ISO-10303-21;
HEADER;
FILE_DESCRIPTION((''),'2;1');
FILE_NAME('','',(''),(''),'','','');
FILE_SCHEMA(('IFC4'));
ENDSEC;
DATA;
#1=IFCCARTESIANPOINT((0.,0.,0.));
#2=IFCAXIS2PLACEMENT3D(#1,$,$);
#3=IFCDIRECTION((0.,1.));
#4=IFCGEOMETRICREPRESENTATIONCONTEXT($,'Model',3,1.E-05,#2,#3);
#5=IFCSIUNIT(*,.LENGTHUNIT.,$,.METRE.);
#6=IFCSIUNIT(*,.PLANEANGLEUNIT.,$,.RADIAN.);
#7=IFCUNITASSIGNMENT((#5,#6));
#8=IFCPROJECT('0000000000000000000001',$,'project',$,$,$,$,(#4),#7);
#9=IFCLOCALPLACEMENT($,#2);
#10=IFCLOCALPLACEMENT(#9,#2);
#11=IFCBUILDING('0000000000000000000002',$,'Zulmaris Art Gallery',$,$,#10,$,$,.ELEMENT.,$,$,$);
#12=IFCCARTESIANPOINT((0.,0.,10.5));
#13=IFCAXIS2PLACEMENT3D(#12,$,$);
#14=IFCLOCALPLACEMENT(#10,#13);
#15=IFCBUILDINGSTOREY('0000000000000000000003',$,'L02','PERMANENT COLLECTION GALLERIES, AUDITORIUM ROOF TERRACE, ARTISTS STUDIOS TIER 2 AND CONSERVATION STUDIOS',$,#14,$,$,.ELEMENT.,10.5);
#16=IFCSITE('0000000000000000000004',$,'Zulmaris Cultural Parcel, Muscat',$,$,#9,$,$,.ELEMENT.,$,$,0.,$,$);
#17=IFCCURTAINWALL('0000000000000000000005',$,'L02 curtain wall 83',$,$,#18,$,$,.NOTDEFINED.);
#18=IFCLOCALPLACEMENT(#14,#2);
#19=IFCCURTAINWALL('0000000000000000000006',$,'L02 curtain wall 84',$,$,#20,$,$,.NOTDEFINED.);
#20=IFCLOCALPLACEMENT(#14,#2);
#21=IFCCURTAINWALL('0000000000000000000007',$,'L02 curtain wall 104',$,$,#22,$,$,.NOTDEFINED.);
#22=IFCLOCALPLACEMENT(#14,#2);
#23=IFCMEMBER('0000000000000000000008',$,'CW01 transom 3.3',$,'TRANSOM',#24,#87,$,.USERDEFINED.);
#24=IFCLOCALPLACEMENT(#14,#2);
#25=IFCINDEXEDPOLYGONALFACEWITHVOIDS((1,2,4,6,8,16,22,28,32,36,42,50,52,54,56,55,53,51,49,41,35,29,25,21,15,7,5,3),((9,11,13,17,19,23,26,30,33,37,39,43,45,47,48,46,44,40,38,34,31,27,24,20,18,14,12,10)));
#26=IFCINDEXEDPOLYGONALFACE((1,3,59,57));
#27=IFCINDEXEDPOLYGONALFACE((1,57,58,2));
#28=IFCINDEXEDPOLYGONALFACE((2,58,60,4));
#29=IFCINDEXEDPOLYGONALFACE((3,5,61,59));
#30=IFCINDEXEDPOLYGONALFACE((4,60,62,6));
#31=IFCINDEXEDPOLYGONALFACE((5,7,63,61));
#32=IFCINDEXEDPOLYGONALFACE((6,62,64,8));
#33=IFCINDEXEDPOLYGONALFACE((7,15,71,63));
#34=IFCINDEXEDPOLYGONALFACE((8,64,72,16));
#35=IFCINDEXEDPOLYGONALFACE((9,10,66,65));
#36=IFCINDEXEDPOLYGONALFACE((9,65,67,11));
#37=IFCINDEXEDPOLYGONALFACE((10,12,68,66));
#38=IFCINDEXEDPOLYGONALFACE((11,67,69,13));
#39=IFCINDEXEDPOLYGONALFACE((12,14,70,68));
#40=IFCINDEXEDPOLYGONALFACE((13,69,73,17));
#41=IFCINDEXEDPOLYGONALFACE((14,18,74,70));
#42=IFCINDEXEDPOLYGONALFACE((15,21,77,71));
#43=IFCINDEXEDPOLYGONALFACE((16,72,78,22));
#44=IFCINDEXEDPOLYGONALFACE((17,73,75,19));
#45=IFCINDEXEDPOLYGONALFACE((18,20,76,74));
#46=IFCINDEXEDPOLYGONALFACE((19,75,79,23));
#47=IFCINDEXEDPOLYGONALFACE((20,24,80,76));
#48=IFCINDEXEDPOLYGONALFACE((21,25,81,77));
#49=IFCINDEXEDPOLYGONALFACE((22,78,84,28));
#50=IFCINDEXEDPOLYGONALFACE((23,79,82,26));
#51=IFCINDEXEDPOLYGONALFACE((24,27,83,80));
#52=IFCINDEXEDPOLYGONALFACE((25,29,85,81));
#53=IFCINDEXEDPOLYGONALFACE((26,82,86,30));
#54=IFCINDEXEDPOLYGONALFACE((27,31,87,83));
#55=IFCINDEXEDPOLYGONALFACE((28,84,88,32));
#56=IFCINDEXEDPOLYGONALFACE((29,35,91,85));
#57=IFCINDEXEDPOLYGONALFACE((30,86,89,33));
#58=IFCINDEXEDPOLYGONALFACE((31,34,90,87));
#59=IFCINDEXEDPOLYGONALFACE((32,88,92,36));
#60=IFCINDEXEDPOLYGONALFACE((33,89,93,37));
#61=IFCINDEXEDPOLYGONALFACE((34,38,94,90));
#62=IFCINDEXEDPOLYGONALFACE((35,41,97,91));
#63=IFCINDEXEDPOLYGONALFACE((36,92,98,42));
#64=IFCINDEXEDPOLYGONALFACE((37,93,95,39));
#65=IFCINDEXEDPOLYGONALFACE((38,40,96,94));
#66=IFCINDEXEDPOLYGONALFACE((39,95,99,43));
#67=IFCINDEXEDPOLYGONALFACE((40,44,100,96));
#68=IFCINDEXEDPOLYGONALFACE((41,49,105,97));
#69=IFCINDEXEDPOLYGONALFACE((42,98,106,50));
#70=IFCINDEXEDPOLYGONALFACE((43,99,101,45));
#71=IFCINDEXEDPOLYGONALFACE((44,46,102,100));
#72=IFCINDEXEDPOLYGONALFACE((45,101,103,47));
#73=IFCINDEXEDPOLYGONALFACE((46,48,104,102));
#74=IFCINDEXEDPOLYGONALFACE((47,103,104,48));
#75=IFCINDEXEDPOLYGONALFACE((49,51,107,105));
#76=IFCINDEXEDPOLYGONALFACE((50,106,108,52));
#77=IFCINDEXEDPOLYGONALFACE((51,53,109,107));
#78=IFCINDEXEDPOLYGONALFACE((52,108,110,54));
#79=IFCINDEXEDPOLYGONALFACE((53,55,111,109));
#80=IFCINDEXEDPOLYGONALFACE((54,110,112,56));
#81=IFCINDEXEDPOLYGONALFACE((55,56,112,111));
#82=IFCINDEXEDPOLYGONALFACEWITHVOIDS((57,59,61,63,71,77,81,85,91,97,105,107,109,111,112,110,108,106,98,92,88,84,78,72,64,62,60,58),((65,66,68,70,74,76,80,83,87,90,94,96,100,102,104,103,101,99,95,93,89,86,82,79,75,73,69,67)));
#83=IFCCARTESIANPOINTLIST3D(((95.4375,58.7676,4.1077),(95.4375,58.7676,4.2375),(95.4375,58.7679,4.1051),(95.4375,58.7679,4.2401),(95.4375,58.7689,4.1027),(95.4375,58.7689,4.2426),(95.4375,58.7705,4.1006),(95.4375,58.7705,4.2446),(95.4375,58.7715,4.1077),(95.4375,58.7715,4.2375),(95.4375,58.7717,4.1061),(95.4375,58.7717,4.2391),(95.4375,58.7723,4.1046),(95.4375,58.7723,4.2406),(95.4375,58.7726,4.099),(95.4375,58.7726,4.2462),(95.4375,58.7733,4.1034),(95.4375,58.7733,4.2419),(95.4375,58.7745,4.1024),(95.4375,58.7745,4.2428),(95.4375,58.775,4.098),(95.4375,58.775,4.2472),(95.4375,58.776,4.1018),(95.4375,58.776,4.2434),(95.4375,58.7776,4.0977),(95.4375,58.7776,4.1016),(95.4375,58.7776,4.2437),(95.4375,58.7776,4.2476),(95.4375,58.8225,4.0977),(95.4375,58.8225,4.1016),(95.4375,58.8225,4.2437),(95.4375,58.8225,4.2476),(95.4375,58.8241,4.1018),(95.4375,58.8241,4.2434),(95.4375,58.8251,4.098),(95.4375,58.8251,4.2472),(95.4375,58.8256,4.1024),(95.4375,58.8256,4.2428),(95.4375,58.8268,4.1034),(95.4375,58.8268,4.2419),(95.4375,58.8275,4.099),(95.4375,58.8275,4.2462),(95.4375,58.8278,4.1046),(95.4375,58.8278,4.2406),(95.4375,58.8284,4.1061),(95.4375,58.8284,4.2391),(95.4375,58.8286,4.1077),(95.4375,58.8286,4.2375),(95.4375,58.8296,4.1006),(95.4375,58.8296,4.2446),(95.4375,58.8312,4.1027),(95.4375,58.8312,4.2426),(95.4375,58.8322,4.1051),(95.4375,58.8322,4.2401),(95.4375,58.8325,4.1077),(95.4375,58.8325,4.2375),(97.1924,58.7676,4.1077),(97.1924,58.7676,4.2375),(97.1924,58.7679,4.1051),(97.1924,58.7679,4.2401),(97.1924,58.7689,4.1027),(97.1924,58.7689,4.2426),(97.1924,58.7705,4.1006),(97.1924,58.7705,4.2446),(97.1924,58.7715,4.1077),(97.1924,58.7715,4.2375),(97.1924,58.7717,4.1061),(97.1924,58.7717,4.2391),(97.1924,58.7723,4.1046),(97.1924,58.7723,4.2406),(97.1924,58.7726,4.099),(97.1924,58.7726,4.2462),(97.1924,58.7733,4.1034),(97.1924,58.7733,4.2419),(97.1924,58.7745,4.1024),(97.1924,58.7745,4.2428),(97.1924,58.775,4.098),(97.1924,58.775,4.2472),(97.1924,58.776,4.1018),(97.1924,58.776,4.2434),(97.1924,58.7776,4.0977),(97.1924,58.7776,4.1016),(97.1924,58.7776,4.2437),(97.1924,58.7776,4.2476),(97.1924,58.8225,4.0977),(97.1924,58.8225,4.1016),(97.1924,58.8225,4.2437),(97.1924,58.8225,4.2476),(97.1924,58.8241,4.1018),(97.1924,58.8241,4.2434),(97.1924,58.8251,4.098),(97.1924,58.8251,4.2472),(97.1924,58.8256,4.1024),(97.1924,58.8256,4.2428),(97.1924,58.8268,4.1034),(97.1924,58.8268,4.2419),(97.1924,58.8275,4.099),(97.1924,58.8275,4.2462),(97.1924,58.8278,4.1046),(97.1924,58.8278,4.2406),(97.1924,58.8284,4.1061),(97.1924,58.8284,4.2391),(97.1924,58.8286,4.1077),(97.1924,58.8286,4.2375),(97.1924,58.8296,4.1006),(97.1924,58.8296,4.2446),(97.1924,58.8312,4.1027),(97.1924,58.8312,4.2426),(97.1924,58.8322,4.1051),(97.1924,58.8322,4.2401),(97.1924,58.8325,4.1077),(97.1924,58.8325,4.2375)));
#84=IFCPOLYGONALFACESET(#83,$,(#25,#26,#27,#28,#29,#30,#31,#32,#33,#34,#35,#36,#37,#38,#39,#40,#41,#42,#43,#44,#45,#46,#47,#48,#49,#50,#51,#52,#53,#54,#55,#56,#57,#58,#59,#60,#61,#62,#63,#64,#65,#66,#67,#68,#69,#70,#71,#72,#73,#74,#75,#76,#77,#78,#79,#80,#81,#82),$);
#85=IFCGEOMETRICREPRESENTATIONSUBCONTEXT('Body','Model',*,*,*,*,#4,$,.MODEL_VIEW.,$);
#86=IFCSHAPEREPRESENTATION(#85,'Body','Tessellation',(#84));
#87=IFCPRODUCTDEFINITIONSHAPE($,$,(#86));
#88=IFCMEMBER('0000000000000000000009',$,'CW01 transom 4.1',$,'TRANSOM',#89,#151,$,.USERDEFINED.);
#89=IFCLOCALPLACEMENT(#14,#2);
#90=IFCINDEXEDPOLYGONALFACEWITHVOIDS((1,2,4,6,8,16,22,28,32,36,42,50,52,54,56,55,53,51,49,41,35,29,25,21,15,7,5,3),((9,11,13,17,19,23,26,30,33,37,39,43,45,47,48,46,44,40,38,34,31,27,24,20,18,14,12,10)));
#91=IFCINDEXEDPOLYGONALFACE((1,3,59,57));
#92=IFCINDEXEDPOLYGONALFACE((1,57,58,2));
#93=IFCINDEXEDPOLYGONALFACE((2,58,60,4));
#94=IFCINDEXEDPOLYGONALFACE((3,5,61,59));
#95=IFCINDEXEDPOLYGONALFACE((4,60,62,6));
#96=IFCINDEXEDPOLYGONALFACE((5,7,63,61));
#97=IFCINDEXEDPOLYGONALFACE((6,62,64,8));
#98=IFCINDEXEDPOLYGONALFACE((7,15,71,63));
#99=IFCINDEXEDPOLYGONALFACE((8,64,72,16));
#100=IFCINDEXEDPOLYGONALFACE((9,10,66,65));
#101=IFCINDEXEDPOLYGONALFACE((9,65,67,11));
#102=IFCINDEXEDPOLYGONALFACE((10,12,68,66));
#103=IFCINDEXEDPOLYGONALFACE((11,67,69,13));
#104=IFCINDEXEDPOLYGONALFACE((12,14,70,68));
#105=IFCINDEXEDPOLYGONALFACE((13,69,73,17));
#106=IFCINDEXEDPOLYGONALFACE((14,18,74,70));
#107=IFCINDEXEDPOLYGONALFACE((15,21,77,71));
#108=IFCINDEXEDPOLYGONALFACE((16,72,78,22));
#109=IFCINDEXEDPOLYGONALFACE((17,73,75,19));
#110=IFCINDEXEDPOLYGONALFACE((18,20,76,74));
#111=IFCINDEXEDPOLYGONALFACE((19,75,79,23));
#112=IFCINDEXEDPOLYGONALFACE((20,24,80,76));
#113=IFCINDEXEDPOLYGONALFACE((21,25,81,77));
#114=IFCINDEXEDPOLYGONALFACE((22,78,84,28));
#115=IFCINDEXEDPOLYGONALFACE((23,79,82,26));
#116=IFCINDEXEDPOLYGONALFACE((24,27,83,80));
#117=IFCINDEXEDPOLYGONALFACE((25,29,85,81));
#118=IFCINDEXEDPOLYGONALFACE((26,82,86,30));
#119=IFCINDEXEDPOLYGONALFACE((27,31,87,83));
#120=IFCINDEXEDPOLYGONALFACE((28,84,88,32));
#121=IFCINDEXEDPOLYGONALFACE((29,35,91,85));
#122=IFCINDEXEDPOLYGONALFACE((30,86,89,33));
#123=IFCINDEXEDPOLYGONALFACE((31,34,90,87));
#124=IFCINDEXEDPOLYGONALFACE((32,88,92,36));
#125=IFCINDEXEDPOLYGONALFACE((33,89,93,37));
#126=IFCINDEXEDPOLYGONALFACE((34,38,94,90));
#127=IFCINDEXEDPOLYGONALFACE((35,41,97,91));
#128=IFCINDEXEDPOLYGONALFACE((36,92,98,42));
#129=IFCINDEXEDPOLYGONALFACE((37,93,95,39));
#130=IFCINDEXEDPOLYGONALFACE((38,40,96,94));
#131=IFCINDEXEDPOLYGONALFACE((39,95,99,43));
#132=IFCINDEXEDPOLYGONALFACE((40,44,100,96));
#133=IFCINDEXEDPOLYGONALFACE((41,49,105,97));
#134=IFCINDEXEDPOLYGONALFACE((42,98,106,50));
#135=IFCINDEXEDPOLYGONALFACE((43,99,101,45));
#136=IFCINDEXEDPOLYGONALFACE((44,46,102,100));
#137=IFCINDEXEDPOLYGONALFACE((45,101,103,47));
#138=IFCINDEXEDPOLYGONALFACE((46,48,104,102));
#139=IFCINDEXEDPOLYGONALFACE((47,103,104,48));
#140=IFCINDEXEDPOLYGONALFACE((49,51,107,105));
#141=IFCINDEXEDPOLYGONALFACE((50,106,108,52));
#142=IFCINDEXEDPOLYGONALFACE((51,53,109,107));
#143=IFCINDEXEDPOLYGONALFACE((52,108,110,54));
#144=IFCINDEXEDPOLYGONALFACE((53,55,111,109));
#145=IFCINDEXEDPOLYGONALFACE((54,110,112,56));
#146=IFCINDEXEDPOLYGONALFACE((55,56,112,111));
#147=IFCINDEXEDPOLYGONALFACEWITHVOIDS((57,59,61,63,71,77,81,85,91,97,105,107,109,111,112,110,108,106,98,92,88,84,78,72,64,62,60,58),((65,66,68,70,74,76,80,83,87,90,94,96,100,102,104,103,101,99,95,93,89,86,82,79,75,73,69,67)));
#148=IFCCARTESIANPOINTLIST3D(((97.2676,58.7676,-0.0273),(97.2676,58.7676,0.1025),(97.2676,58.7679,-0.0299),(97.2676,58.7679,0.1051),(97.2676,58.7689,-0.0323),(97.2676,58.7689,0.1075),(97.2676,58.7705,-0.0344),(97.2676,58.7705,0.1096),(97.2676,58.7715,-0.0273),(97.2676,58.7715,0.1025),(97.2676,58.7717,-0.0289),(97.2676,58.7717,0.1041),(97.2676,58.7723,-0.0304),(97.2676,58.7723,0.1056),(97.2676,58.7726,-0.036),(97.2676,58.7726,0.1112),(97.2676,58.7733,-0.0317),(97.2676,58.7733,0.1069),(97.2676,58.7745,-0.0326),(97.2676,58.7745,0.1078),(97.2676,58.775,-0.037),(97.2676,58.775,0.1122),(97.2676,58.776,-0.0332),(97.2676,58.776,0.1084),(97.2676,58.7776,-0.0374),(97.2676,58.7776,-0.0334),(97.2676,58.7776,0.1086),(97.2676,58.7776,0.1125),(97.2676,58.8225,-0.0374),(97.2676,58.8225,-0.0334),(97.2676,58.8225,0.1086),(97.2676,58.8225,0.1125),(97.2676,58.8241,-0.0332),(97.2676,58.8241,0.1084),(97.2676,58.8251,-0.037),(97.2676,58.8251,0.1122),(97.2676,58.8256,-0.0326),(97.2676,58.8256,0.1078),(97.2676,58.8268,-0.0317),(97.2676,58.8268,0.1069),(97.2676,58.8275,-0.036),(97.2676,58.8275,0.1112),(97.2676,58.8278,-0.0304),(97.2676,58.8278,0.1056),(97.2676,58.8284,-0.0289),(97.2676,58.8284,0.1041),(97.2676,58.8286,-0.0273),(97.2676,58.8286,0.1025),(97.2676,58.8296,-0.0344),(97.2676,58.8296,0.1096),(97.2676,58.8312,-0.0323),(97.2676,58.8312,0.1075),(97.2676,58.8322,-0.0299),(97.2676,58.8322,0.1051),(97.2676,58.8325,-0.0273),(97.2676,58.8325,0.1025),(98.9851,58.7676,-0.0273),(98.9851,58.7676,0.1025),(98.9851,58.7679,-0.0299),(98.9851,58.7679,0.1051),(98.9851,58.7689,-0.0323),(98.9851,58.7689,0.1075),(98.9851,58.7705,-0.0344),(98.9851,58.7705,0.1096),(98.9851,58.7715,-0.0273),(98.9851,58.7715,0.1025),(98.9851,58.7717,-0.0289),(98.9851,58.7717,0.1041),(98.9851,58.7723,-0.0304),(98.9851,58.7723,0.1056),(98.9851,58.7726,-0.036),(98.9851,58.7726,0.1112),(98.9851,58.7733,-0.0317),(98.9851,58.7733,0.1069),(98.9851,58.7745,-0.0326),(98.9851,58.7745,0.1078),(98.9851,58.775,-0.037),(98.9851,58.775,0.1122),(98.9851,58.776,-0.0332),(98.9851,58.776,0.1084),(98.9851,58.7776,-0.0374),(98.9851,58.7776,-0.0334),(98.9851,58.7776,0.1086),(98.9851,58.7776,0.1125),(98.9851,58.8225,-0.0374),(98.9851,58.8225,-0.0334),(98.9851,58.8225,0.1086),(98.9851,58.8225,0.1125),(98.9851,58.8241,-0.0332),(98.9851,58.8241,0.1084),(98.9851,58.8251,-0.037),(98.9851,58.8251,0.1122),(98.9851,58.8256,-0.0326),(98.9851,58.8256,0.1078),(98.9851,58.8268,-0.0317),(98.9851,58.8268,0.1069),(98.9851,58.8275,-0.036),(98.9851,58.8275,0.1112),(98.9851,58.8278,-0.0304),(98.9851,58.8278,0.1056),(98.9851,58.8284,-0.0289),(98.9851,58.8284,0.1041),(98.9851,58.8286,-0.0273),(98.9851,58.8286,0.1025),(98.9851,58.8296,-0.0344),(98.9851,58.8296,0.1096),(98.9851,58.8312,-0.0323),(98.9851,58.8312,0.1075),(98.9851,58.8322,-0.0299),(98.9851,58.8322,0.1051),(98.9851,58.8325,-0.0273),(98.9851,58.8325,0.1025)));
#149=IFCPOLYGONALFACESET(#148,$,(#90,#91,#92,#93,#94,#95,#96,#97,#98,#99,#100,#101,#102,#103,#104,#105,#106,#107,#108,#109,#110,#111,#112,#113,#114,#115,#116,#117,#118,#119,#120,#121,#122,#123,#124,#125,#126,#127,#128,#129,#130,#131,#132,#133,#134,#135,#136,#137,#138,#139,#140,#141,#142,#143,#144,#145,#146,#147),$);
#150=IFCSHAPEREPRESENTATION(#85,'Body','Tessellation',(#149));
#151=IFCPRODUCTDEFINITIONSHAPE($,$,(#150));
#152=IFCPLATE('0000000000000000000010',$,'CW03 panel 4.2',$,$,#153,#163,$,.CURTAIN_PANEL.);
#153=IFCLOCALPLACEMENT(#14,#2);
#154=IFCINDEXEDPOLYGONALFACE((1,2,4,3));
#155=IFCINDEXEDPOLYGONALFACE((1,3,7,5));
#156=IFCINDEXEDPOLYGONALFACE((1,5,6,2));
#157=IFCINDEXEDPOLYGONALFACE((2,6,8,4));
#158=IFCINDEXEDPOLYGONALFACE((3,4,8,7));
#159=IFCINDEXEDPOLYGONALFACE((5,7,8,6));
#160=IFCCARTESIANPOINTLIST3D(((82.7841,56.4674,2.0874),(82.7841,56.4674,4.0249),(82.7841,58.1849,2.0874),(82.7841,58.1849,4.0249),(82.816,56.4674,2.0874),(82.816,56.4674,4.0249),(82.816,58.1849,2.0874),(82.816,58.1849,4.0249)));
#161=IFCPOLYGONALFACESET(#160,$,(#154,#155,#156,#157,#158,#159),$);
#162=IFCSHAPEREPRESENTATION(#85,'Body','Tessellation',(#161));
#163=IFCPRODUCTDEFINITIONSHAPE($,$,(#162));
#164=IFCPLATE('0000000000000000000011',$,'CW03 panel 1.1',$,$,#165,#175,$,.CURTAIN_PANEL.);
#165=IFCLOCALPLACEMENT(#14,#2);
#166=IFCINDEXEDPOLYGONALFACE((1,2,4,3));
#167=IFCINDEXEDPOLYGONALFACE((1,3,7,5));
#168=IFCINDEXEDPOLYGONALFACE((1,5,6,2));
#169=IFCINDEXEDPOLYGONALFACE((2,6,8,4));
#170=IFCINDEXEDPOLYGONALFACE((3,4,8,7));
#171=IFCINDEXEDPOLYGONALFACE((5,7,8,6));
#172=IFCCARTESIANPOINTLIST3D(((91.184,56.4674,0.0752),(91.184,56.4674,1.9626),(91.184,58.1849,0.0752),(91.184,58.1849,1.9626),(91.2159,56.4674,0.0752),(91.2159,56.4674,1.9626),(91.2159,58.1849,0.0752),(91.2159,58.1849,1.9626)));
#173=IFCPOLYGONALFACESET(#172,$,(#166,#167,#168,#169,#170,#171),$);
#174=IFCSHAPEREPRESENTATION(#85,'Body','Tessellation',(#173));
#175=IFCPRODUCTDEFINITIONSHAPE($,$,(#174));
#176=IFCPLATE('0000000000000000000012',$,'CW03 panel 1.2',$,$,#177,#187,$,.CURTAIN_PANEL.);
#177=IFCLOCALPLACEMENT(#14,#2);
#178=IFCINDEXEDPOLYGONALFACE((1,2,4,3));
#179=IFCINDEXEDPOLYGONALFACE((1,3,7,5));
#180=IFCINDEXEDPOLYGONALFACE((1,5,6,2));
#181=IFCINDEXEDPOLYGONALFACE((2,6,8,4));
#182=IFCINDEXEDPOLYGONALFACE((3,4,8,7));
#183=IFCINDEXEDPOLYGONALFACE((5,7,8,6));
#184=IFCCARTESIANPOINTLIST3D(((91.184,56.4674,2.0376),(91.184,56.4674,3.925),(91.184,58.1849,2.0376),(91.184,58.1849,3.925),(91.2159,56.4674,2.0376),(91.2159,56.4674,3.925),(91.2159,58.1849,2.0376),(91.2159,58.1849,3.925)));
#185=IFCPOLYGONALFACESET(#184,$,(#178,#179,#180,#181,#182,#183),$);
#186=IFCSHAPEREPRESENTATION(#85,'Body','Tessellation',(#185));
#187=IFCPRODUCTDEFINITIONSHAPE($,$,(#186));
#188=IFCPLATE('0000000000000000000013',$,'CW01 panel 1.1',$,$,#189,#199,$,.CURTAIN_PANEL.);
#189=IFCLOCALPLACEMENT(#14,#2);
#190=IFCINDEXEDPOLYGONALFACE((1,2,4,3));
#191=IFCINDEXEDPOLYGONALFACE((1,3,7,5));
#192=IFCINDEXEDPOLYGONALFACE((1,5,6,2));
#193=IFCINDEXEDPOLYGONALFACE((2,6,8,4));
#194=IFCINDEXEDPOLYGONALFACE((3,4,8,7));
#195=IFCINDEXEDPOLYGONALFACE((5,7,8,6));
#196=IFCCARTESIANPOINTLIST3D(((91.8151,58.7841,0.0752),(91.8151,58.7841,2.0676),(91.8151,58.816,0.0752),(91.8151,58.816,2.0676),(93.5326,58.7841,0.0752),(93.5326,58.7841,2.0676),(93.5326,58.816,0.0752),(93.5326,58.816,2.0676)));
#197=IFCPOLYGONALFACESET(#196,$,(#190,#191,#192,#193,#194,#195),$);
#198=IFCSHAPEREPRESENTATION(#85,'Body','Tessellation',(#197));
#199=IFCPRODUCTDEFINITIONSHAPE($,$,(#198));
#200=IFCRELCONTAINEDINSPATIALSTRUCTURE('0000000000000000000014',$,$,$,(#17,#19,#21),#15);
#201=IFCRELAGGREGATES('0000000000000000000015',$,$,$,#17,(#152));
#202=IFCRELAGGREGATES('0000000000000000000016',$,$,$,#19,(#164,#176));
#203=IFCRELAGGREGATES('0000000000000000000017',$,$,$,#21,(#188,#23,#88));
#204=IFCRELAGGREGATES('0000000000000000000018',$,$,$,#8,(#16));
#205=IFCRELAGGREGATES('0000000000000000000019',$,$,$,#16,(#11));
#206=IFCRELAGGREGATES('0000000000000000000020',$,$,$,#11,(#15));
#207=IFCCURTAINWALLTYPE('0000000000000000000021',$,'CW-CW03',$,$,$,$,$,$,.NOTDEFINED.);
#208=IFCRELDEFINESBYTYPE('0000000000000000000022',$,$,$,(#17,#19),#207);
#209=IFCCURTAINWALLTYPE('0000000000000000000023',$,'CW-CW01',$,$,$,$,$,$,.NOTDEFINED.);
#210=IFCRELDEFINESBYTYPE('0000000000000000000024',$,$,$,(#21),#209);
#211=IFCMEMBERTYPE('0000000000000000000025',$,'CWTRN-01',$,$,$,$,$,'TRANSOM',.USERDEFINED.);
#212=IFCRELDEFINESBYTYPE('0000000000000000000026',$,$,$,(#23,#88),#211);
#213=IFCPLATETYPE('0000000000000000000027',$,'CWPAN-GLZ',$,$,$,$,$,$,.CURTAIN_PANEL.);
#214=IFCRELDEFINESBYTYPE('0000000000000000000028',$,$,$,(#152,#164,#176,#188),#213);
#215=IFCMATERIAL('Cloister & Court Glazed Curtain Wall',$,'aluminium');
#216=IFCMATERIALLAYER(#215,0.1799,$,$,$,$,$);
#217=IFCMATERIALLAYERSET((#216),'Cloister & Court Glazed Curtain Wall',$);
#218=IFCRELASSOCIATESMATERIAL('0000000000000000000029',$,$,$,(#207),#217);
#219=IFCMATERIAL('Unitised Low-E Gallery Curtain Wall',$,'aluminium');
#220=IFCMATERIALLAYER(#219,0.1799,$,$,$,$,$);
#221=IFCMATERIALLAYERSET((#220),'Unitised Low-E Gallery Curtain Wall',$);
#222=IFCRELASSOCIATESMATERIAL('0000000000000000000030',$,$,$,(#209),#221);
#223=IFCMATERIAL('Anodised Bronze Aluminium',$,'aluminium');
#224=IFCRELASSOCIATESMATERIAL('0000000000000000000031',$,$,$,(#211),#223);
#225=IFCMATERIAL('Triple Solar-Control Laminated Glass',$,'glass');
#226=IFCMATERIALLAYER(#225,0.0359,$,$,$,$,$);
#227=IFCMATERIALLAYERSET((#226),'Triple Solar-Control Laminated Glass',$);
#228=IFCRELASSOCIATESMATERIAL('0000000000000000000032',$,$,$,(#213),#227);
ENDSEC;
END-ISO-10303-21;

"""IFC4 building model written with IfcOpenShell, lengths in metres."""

from ifc_helpers import new_model, si_unit, direction, frame, origin, origin_2d, place, context, subcontext, project, spatial, rectangle, hollow_rectangle, extrude, material, layer, layer_set, material_profile, profile_set, type_object, element, aggregate, save


model = new_model("IFC4")

# Units and contexts
model_context = context("Model", 3, precision=1e-05, world=origin(), true_north=direction((0.0, 1.0)))
body_context = subcontext(model_context, "Body", "Model", "MODEL_VIEW")
ifc_project = project(units=[si_unit("LENGTHUNIT", "METRE"), si_unit("PLANEANGLEUNIT", "RADIAN")], contexts=[model_context])

# Site, building, storey
site_placement = place(None, origin())
site = spatial("IfcSite", under=ifc_project, at=site_placement, Name="Zulmaris Cultural Parcel, Muscat", CompositionType="ELEMENT", RefElevation=0.0)
building_placement = place(site_placement, origin())
building = spatial("IfcBuilding", under=site, at=building_placement, Name="Zulmaris Art Gallery", CompositionType="ELEMENT")
storey_placement = place(building_placement, frame((0.0, 0.0, 10.5)))
storey = spatial("IfcBuildingStorey", under=building, at=storey_placement, Name="L02", Description="PERMANENT COLLECTION GALLERIES, AUDITORIUM ROOF TERRACE, ARTISTS STUDIOS TIER 2 AND CONSERVATION STUDIOS", CompositionType="ELEMENT", Elevation=10.5)

# Curtain walls
ifc_material_1 = material(Name="Cloister & Court Glazed Curtain Wall", Category="aluminium")
ifc_layer_1 = layer(ifc_material_1, 0.1799)
ifc_layer_set_1 = layer_set([ifc_layer_1], Name="Cloister & Court Glazed Curtain Wall")
curtain_wall_type_1 = type_object("IfcCurtainWallType", Name="CW-CW03", PredefinedType="NOTDEFINED", material=ifc_layer_set_1)
curtain_wall_1_placement = place(storey_placement, origin())
curtain_wall_1 = element("IfcCurtainWall", 1, at=curtain_wall_1_placement, inside=storey, type_object=curtain_wall_type_1, Name="L02 curtain wall 83", PredefinedType="NOTDEFINED")
ifc_material_2 = material(Name="Anodised Bronze Aluminium", Category="aluminium")
curtain_wall_2_placement = place(storey_placement, origin())
curtain_wall_2 = element("IfcCurtainWall", 2, at=curtain_wall_2_placement, inside=storey, type_object=curtain_wall_type_1, Name="L02 curtain wall 84", PredefinedType="NOTDEFINED")

# Curtain wall
ifc_material_3 = material(Name="Unitised Low-E Gallery Curtain Wall", Category="aluminium")
ifc_layer_2 = layer(ifc_material_3, 0.1799)
ifc_layer_set_2 = layer_set([ifc_layer_2], Name="Unitised Low-E Gallery Curtain Wall")
curtain_wall_type_2 = type_object("IfcCurtainWallType", Name="CW-CW01", PredefinedType="NOTDEFINED", material=ifc_layer_set_2)
curtain_wall_3_placement = place(storey_placement, origin())
curtain_wall_3 = element("IfcCurtainWall", 3, at=curtain_wall_3_placement, inside=storey, type_object=curtain_wall_type_2, Name="L02 curtain wall 104", PredefinedType="NOTDEFINED")

# Members
ifc_material_profile_1 = material_profile(ifc_material_2, hollow_rectangle(XDim=0.0649, YDim=0.1499, WallThickness=0.0039, InnerFilletRadius=0.0061, OuterFilletRadius=0.01, at=origin_2d()), Name="ALU 65x150x4")
ifc_profile_set_1 = profile_set([ifc_material_profile_1], Name="Anodised Bronze Aluminium")
member_type_1 = type_object("IfcMemberType", Name="CWTRN-01", ElementType="TRANSOM", PredefinedType="USERDEFINED", material=ifc_profile_set_1)
member_1_placement = place(storey_placement, frame((95.4375, 58.8, 4.1726), z_axis=(1.0, 0.0, 0.0), x_axis=(0.0, 1.0, 0.0)))
member_1 = element("IfcMember", 4, at=member_1_placement, type_object=member_type_1, Name="CW01 transom 3.3", ObjectType="TRANSOM", PredefinedType="USERDEFINED", context=body_context, shape_type="SweptSolid", body=[
    extrude(hollow_rectangle(XDim=0.0649, YDim=0.1499, WallThickness=0.0039, InnerFilletRadius=0.0061, OuterFilletRadius=0.01, at=origin_2d()), origin(), (0.0, 0.0, 1.0), 1.7549),
])
member_2_placement = place(storey_placement, frame((97.2676, 58.8, 0.0376), z_axis=(1.0, 0.0, 0.0), x_axis=(0.0, 1.0, 0.0)))
member_2 = element("IfcMember", 5, at=member_2_placement, type_object=member_type_1, Name="CW01 transom 4.1", ObjectType="TRANSOM", PredefinedType="USERDEFINED", context=body_context, shape_type="SweptSolid", body=[
    extrude(hollow_rectangle(XDim=0.0649, YDim=0.1499, WallThickness=0.0039, InnerFilletRadius=0.0061, OuterFilletRadius=0.01, at=origin_2d()), origin(), (0.0, 0.0, 1.0), 1.7175),
])

# Plates
ifc_material_4 = material(Name="Triple Solar-Control Laminated Glass", Category="glass")
ifc_layer_3 = layer(ifc_material_4, 0.0359)
ifc_layer_set_3 = layer_set([ifc_layer_3], Name="Triple Solar-Control Laminated Glass")
plate_type = type_object("IfcPlateType", Name="CWPAN-GLZ", PredefinedType="CURTAIN_PANEL", material=ifc_layer_set_3)
plate_1_placement = place(storey_placement, frame((82.8, 57.3262, 2.0874), z_axis=(0.0, 0.0, 1.0), x_axis=(0.0, 1.0, 0.0)))
plate_1 = element("IfcPlate", 6, at=plate_1_placement, type_object=plate_type, Name="CW03 panel 4.2", PredefinedType="CURTAIN_PANEL", context=body_context, shape_type="SweptSolid", body=[
    extrude(rectangle(XDim=1.7175, YDim=0.032, at=origin_2d()), origin(), (0.0, 0.0, 1.0), 1.9375),
])
aggregate(curtain_wall_1, [plate_1])
plate_2_placement = place(storey_placement, frame((91.2, 57.3262, 0.0752), z_axis=(0.0, 0.0, 1.0), x_axis=(0.0, -1.0, 0.0)))
plate_2 = element("IfcPlate", 7, at=plate_2_placement, type_object=plate_type, Name="CW03 panel 1.1", PredefinedType="CURTAIN_PANEL", context=body_context, shape_type="SweptSolid", body=[
    extrude(rectangle(XDim=1.7175, YDim=0.032, at=origin_2d()), origin(), (0.0, 0.0, 1.0), 1.8875),
])
plate_3_placement = place(storey_placement, frame((91.2, 57.3262, 2.0376), z_axis=(0.0, 0.0, 1.0), x_axis=(0.0, -1.0, 0.0)))
plate_3 = element("IfcPlate", 8, at=plate_3_placement, type_object=plate_type, Name="CW03 panel 1.2", PredefinedType="CURTAIN_PANEL", context=body_context, shape_type="SweptSolid", body=[
    extrude(rectangle(XDim=1.7175, YDim=0.032, at=origin_2d()), origin(), (0.0, 0.0, 1.0), 1.8875),
])
aggregate(curtain_wall_2, [plate_2, plate_3])
plate_4_placement = place(storey_placement, frame((92.6738, 58.8, 0.0752), z_axis=(0.0, 0.0, 1.0), x_axis=(1.0, 0.0, 0.0)))
plate_4 = element("IfcPlate", 9, at=plate_4_placement, type_object=plate_type, Name="CW01 panel 1.1", PredefinedType="CURTAIN_PANEL", context=body_context, shape_type="SweptSolid", body=[
    extrude(rectangle(XDim=1.7175, YDim=0.032, at=origin_2d()), origin(), (0.0, 0.0, 1.0), 1.9924),
])
aggregate(curtain_wall_3, [plate_4, member_1, member_2])

save(model, "model.ifc")
